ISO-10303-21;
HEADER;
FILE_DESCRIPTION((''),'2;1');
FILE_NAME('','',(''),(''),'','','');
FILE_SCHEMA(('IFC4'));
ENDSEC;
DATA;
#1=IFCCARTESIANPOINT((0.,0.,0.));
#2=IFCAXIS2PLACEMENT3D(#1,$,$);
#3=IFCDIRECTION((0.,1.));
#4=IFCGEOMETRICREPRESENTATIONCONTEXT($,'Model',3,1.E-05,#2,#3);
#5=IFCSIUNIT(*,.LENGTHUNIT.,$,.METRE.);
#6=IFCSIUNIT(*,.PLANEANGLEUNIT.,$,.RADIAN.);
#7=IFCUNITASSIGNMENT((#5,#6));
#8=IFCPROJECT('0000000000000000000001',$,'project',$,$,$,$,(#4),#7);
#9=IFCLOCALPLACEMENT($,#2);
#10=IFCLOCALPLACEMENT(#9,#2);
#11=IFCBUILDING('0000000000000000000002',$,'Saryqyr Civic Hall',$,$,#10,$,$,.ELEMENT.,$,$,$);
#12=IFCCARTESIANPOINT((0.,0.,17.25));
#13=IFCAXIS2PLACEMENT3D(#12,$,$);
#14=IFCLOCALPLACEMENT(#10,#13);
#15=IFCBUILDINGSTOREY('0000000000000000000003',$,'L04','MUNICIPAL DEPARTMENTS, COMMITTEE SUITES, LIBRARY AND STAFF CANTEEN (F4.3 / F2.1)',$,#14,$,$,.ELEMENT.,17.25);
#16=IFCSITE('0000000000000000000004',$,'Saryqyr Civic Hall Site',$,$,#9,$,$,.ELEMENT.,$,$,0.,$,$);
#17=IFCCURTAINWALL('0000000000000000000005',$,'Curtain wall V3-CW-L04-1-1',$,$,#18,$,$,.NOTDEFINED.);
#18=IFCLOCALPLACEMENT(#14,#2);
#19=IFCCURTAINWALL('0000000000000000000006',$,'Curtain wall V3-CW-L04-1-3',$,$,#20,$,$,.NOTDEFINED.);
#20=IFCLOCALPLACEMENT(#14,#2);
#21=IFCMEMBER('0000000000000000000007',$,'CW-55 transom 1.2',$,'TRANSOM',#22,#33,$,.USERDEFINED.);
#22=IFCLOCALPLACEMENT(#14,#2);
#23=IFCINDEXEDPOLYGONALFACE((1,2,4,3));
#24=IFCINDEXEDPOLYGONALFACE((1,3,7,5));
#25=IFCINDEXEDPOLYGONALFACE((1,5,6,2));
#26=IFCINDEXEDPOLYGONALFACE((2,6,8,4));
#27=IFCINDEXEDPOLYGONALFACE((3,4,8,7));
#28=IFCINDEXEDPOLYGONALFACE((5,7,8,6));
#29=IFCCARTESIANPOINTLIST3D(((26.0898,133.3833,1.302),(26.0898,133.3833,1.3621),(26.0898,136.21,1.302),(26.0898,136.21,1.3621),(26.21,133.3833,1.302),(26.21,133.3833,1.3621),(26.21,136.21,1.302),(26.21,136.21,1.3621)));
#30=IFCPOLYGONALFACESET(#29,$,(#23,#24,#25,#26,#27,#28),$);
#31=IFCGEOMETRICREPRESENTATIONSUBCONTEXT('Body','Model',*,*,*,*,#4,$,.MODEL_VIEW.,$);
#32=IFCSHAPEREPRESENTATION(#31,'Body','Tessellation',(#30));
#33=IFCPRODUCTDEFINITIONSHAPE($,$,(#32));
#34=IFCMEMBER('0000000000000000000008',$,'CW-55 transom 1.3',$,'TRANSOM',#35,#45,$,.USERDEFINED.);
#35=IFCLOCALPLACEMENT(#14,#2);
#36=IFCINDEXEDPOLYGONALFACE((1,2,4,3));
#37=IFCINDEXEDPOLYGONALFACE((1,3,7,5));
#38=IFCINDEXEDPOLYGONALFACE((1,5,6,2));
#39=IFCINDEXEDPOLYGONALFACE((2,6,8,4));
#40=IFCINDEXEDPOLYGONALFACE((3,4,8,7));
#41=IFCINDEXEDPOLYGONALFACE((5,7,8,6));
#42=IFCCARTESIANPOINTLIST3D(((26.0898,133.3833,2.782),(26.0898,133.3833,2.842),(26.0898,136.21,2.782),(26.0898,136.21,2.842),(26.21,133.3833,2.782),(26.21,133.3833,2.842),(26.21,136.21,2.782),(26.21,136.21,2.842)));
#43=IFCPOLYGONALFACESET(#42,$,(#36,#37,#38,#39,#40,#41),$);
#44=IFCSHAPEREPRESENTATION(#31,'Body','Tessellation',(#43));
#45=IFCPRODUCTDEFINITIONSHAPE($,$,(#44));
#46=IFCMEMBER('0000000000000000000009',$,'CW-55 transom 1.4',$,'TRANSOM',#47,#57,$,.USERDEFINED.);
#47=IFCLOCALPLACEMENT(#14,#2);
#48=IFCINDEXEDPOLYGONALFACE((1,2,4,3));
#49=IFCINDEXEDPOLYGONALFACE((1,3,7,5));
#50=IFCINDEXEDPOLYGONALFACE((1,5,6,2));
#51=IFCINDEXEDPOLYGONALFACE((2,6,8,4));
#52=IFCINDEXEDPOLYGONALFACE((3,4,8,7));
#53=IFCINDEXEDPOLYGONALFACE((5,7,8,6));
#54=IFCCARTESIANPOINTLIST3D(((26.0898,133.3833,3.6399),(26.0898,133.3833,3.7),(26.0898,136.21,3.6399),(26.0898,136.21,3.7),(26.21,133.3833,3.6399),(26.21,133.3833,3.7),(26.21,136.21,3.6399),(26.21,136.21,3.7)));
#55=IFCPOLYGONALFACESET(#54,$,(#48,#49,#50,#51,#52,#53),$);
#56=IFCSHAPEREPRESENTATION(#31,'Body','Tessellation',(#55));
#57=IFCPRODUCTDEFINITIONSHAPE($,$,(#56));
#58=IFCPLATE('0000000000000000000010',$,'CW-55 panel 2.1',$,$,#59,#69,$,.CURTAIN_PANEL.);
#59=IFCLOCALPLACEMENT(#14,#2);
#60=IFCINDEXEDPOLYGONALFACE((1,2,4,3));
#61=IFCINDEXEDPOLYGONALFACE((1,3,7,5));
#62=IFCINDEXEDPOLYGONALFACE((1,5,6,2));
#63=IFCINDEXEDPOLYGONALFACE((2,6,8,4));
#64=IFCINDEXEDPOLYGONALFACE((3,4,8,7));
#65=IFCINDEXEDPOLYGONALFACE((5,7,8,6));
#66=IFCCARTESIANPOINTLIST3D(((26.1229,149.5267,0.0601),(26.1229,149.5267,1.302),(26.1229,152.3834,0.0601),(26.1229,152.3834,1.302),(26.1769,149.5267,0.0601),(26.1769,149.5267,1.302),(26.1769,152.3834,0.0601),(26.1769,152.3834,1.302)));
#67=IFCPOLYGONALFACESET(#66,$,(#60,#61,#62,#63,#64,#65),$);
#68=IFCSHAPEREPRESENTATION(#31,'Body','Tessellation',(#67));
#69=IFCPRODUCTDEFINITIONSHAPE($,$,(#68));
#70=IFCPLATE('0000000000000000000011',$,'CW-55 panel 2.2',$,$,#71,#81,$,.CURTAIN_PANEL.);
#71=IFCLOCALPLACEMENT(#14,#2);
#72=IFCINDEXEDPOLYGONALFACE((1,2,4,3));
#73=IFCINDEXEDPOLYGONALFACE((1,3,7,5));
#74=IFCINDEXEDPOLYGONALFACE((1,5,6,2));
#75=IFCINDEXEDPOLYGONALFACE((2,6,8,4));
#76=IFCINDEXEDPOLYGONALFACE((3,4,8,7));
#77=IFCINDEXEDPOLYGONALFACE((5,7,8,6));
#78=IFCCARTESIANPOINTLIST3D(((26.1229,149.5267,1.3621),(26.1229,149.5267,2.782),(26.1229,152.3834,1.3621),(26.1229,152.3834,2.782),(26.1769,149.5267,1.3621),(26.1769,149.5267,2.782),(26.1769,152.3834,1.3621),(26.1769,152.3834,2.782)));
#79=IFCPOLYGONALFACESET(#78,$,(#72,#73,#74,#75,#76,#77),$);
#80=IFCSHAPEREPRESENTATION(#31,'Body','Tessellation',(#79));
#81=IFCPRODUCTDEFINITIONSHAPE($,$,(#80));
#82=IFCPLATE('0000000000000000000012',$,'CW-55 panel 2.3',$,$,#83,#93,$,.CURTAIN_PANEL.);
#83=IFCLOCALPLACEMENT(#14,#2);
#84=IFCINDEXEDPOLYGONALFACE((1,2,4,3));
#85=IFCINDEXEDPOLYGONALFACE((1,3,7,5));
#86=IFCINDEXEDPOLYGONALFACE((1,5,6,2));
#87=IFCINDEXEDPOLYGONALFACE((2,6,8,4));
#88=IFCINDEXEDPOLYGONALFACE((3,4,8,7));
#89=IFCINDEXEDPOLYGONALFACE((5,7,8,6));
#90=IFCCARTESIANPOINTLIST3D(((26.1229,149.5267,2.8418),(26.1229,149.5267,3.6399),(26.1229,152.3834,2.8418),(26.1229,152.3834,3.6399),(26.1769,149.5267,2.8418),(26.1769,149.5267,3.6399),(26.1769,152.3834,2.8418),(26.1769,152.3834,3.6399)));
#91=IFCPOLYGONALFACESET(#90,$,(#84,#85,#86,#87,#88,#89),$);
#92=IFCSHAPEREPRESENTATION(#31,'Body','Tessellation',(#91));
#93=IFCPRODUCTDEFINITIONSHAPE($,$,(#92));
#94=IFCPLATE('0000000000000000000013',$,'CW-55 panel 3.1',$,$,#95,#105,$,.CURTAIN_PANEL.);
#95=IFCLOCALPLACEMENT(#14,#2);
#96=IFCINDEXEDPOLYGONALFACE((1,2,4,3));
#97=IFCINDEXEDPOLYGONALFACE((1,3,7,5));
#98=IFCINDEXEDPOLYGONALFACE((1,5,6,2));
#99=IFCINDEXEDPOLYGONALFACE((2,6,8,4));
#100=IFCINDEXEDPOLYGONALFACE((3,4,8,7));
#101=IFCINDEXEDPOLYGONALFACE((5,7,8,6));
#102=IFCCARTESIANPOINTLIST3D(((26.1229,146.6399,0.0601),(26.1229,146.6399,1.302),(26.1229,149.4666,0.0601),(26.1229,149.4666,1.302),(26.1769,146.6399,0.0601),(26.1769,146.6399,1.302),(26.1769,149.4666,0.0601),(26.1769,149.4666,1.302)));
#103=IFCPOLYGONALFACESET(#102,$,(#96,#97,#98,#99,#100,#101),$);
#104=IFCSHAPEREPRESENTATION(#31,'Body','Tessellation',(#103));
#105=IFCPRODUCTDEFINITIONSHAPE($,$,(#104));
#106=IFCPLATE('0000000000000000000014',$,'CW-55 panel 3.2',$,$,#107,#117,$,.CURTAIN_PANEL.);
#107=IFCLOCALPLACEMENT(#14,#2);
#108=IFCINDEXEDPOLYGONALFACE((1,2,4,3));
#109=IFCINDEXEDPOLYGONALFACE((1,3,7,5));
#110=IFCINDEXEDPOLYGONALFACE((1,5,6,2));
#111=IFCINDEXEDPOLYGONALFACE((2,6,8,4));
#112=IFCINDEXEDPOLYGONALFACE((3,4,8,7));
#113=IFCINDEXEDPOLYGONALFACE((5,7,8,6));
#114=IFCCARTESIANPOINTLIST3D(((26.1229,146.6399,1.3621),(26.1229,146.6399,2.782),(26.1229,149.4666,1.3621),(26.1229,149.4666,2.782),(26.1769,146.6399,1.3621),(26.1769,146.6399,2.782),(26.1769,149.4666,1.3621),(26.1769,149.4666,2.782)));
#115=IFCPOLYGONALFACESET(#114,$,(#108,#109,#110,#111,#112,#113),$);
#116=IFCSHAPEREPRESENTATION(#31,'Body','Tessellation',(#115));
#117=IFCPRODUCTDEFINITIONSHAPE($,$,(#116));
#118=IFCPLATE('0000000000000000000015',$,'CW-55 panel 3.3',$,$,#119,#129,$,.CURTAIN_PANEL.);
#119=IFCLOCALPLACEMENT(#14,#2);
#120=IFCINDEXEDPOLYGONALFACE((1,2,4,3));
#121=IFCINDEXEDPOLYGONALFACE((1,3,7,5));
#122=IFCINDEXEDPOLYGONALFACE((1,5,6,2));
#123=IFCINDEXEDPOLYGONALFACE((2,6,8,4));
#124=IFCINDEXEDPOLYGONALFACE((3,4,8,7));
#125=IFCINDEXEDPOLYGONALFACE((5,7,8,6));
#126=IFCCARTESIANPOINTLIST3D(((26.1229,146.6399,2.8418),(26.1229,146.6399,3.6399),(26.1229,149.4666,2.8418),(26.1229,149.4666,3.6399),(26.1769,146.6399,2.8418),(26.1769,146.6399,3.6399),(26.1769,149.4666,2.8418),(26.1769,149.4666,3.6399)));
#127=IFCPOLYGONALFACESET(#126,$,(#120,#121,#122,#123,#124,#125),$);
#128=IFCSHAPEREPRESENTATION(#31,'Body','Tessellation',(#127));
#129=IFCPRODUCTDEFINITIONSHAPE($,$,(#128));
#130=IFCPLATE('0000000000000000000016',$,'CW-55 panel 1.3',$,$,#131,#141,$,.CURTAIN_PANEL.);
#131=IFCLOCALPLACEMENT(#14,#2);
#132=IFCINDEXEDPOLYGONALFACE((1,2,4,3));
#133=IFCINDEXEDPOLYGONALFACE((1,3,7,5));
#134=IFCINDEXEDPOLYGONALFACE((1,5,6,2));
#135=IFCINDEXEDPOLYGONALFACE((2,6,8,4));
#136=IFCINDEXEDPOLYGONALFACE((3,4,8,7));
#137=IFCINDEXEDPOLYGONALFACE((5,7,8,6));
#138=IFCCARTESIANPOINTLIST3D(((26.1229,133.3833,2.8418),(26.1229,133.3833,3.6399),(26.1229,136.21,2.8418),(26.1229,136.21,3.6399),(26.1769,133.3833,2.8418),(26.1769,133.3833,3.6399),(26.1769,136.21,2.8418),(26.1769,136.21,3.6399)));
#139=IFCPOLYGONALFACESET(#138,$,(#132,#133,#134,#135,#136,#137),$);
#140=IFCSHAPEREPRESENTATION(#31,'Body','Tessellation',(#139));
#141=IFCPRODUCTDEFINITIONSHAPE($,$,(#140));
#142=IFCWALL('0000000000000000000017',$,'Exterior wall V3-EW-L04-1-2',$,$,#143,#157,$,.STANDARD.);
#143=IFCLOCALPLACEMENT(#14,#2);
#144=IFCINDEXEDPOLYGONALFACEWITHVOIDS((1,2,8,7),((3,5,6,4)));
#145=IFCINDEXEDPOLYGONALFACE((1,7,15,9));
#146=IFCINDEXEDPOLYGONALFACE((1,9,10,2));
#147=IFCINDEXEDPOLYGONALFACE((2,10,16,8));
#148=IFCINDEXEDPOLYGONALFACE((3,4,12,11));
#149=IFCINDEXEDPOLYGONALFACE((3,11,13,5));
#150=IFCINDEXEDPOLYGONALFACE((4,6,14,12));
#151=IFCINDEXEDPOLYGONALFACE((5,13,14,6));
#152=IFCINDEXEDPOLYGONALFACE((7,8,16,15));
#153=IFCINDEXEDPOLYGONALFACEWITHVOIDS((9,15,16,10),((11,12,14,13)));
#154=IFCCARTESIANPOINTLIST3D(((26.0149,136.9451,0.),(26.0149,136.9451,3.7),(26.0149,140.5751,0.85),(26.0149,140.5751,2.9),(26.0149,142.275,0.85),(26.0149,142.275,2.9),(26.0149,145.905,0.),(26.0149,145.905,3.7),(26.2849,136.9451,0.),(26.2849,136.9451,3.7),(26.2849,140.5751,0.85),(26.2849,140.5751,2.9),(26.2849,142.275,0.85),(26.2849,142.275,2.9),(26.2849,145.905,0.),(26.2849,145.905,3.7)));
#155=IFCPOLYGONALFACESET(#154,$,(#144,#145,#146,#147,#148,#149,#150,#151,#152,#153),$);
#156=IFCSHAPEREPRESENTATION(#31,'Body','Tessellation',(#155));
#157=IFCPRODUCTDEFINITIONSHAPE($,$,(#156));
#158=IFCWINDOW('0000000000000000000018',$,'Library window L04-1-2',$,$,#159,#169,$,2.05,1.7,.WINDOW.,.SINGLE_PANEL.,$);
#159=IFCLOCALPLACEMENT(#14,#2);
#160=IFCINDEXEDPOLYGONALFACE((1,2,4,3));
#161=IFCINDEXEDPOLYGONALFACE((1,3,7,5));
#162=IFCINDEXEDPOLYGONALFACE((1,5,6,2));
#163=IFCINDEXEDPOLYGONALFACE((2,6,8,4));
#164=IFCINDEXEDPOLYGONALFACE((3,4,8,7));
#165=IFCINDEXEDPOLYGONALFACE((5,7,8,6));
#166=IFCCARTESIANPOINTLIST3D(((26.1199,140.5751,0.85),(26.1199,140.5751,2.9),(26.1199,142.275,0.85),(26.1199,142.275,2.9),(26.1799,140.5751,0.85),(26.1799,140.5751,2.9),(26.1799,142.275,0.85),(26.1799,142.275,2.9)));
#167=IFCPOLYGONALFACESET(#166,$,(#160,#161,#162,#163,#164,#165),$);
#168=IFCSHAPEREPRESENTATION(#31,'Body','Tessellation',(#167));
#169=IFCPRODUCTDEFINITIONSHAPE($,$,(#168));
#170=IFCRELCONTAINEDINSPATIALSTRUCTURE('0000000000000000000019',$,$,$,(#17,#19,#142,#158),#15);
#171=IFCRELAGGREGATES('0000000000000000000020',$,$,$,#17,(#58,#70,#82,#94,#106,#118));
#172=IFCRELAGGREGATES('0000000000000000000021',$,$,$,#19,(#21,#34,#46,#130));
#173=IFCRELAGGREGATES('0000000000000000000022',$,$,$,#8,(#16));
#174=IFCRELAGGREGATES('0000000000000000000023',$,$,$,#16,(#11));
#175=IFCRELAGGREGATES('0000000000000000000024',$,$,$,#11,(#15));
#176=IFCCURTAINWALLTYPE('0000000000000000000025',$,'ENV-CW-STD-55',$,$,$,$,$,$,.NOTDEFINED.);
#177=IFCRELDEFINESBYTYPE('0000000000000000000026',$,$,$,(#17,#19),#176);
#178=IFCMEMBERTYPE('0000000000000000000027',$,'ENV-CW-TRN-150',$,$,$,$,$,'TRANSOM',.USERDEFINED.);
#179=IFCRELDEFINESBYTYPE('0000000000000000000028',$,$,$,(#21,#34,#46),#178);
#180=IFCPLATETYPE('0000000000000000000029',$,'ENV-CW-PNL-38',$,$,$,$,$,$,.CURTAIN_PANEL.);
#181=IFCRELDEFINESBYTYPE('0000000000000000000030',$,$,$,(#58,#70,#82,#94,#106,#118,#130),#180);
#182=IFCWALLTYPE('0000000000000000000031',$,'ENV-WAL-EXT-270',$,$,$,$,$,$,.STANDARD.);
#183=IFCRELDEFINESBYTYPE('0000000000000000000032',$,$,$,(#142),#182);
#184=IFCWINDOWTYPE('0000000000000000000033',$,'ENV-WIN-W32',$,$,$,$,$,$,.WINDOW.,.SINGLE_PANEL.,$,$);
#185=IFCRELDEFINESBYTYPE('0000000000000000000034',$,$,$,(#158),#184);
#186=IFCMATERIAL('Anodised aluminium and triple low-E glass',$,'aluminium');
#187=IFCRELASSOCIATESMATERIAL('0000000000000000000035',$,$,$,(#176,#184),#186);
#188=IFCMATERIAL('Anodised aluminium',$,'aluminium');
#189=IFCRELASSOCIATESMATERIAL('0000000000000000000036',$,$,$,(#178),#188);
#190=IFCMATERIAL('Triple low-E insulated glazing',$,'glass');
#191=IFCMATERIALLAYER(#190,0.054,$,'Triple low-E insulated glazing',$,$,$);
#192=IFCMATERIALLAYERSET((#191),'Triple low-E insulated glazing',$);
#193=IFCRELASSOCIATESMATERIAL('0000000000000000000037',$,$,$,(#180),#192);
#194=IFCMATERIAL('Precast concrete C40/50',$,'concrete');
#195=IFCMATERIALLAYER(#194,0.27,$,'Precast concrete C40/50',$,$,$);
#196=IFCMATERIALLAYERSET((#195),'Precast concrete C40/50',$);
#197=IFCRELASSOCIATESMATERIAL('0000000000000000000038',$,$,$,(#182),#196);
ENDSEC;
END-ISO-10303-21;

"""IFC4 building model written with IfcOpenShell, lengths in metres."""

from ifc_helpers import new_model, si_unit, direction, frame, frame_2d, origin, origin_2d, place, context, subcontext, project, spatial, rectangle, extrude, material, layer, layer_set, material_profile, profile_set, type_object, element, fill, aggregate, save


model = new_model("IFC4")

# Units and contexts
model_context = context("Model", 3, precision=1e-05, world=origin(), true_north=direction((0.0, 1.0)))
body_context = subcontext(model_context, "Body", "Model", "MODEL_VIEW")
ifc_project = project(units=[si_unit("LENGTHUNIT", "METRE"), si_unit("PLANEANGLEUNIT", "RADIAN")], contexts=[model_context])

# Site, building, storey
site_placement = place(None, origin())
site = spatial("IfcSite", under=ifc_project, at=site_placement, Name="Saryqyr Civic Hall Site", CompositionType="ELEMENT", RefElevation=0.0)
building_placement = place(site_placement, origin())
building = spatial("IfcBuilding", under=site, at=building_placement, Name="Saryqyr Civic Hall", CompositionType="ELEMENT")
storey_placement = place(building_placement, frame((0.0, 0.0, 17.25)))
storey = spatial("IfcBuildingStorey", under=building, at=storey_placement, Name="L04", Description="MUNICIPAL DEPARTMENTS, COMMITTEE SUITES, LIBRARY AND STAFF CANTEEN (F4.3 / F2.1)", CompositionType="ELEMENT", Elevation=17.25)

# Curtain wall
ifc_material_1 = material(Name="Anodised aluminium and triple low-E glass", Category="aluminium")
curtain_wall_type = type_object("IfcCurtainWallType", Name="ENV-CW-STD-55", PredefinedType="NOTDEFINED", material=ifc_material_1)
curtain_wall_1_placement = place(storey_placement, origin())
curtain_wall_1 = element("IfcCurtainWall", 1, at=curtain_wall_1_placement, inside=storey, type_object=curtain_wall_type, Name="Curtain wall V3-CW-L04-1-1", PredefinedType="NOTDEFINED")
ifc_material_2 = material(Name="Anodised aluminium", Category="aluminium")

# Curtain wall
curtain_wall_2_placement = place(storey_placement, origin())
curtain_wall_2 = element("IfcCurtainWall", 2, at=curtain_wall_2_placement, inside=storey, type_object=curtain_wall_type, Name="Curtain wall V3-CW-L04-1-3", PredefinedType="NOTDEFINED")

# Members
ifc_material_profile_1 = material_profile(ifc_material_2, rectangle(XDim=0.1201, YDim=0.0601, at=origin_2d()), Name="ALU TRANSOM 120x60")
ifc_profile_set_1 = profile_set([ifc_material_profile_1], Name="Anodised aluminium")
member_type_1 = type_object("IfcMemberType", Name="ENV-CW-TRN-150", ElementType="TRANSOM", PredefinedType="USERDEFINED", material=ifc_profile_set_1)
member_1_placement = place(storey_placement, frame((26.1499, 136.21, 1.332), z_axis=(0.0, -1.0, 0.0), x_axis=(1.0, 0.0, 0.0)))
member_1 = element("IfcMember", 3, at=member_1_placement, type_object=member_type_1, Name="CW-55 transom 1.2", ObjectType="TRANSOM", PredefinedType="USERDEFINED", context=body_context, shape_type="SweptSolid", body=[
    extrude(rectangle(XDim=0.1201, YDim=0.0601, at=origin_2d()), origin(), (0.0, 0.0, 1.0), 2.8267),
])
member_2_placement = place(storey_placement, frame((26.1499, 136.21, 2.812), z_axis=(0.0, -1.0, 0.0), x_axis=(1.0, 0.0, 0.0)))
member_2 = element("IfcMember", 4, at=member_2_placement, type_object=member_type_1, Name="CW-55 transom 1.3", ObjectType="TRANSOM", PredefinedType="USERDEFINED", context=body_context, shape_type="SweptSolid", body=[
    extrude(rectangle(XDim=0.1201, YDim=0.0601, at=origin_2d()), origin(), (0.0, 0.0, 1.0), 2.8267),
])
member_3_placement = place(storey_placement, frame((26.1499, 136.21, 3.6699), z_axis=(0.0, -1.0, 0.0), x_axis=(1.0, 0.0, 0.0)))
member_3 = element("IfcMember", 5, at=member_3_placement, type_object=member_type_1, Name="CW-55 transom 1.4", ObjectType="TRANSOM", PredefinedType="USERDEFINED", context=body_context, shape_type="SweptSolid", body=[
    extrude(rectangle(XDim=0.1201, YDim=0.0601, at=origin_2d()), origin(), (0.0, 0.0, 1.0), 2.8267),
])

# Plates
ifc_material_3 = material(Name="Triple low-E insulated glazing", Category="glass")
ifc_layer_1 = layer(ifc_material_3, 0.054, Name="Triple low-E insulated glazing")
ifc_layer_set_1 = layer_set([ifc_layer_1], Name="Triple low-E insulated glazing")
plate_type = type_object("IfcPlateType", Name="ENV-CW-PNL-38", PredefinedType="CURTAIN_PANEL", material=ifc_layer_set_1)
plate_1_placement = place(storey_placement, frame((26.1499, 150.9551, 0.0601), z_axis=(0.0, 0.0, 1.0), x_axis=(0.0, -1.0, 0.0)))
plate_1 = element("IfcPlate", 6, at=plate_1_placement, type_object=plate_type, Name="CW-55 panel 2.1", PredefinedType="CURTAIN_PANEL", context=body_context, shape_type="SweptSolid", body=[
    extrude(rectangle(XDim=2.8567, YDim=0.054, at=origin_2d()), origin(), (0.0, 0.0, 1.0), 1.2419),
])
plate_2_placement = place(storey_placement, frame((26.1499, 150.9551, 1.3621), z_axis=(0.0, 0.0, 1.0), x_axis=(0.0, -1.0, 0.0)))
plate_2 = element("IfcPlate", 7, at=plate_2_placement, type_object=plate_type, Name="CW-55 panel 2.2", PredefinedType="CURTAIN_PANEL", context=body_context, shape_type="SweptSolid", body=[
    extrude(rectangle(XDim=2.8567, YDim=0.054, at=origin_2d()), origin(), (0.0, 0.0, 1.0), 1.4199),
])
plate_3_placement = place(storey_placement, frame((26.1499, 150.9551, 2.8418), z_axis=(0.0, 0.0, 1.0), x_axis=(0.0, -1.0, 0.0)))
plate_3 = element("IfcPlate", 8, at=plate_3_placement, type_object=plate_type, Name="CW-55 panel 2.3", PredefinedType="CURTAIN_PANEL", context=body_context, shape_type="SweptSolid", body=[
    extrude(rectangle(XDim=2.8567, YDim=0.054, at=origin_2d()), origin(), (0.0, 0.0, 1.0), 0.7981),
])
plate_4_placement = place(storey_placement, frame((26.1499, 148.0532, 0.0601), z_axis=(0.0, 0.0, 1.0), x_axis=(0.0, -1.0, 0.0)))
plate_4 = element("IfcPlate", 9, at=plate_4_placement, type_object=plate_type, Name="CW-55 panel 3.1", PredefinedType="CURTAIN_PANEL", context=body_context, shape_type="SweptSolid", body=[
    extrude(rectangle(XDim=2.8267, YDim=0.054, at=origin_2d()), origin(), (0.0, 0.0, 1.0), 1.2419),
])
plate_5_placement = place(storey_placement, frame((26.1499, 148.0532, 1.3621), z_axis=(0.0, 0.0, 1.0), x_axis=(0.0, -1.0, 0.0)))
plate_5 = element("IfcPlate", 10, at=plate_5_placement, type_object=plate_type, Name="CW-55 panel 3.2", PredefinedType="CURTAIN_PANEL", context=body_context, shape_type="SweptSolid", body=[
    extrude(rectangle(XDim=2.8267, YDim=0.054, at=origin_2d()), origin(), (0.0, 0.0, 1.0), 1.4199),
])
plate_6_placement = place(storey_placement, frame((26.1499, 148.0532, 2.8418), z_axis=(0.0, 0.0, 1.0), x_axis=(0.0, -1.0, 0.0)))
plate_6 = element("IfcPlate", 11, at=plate_6_placement, type_object=plate_type, Name="CW-55 panel 3.3", PredefinedType="CURTAIN_PANEL", context=body_context, shape_type="SweptSolid", body=[
    extrude(rectangle(XDim=2.8267, YDim=0.054, at=origin_2d()), origin(), (0.0, 0.0, 1.0), 0.7981),
])
aggregate(curtain_wall_1, [plate_1, plate_2, plate_3, plate_4, plate_5, plate_6])
plate_7_placement = place(storey_placement, frame((26.1499, 134.7966, 2.8418), z_axis=(0.0, 0.0, 1.0), x_axis=(0.0, -1.0, 0.0)))
plate_7 = element("IfcPlate", 12, at=plate_7_placement, type_object=plate_type, Name="CW-55 panel 1.3", PredefinedType="CURTAIN_PANEL", context=body_context, shape_type="SweptSolid", body=[
    extrude(rectangle(XDim=2.8267, YDim=0.054, at=origin_2d()), origin(), (0.0, 0.0, 1.0), 0.7981),
])
aggregate(curtain_wall_2, [member_1, member_2, member_3, plate_7])

# Wall, opening, window
ifc_material_4 = material(Name="Precast concrete C40/50", Category="concrete")
ifc_layer_2 = layer(ifc_material_4, 0.27, Name="Precast concrete C40/50")
ifc_layer_set_2 = layer_set([ifc_layer_2], Name="Precast concrete C40/50")
wall_type = type_object("IfcWallType", Name="ENV-WAL-EXT-270", PredefinedType="STANDARD", material=ifc_layer_set_2)
wall_placement = place(storey_placement, frame((26.1499, 145.905, 0.0), z_axis=(0.0, 0.0, 1.0), x_axis=(0.0, -1.0, 0.0)))
wall = element("IfcWall", 13, at=wall_placement, inside=storey, type_object=wall_type, Name="Exterior wall V3-EW-L04-1-2", PredefinedType="STANDARD", context=body_context, shape_type="SweptSolid", body=[
    extrude(rectangle(XDim=8.96, YDim=0.27, at=frame_2d((4.48, 0.0))), origin(), (0.0, 0.0, 1.0), 3.7),
])
opening_placement = place(wall_placement, frame((3.6299, 0.0, 0.8501)))
opening = element("IfcOpeningElement", 14, at=opening_placement, cuts=wall, PredefinedType="OPENING", context=body_context, shape_type="SweptSolid", body=[
    extrude(rectangle(XDim=1.7, YDim=2.05, at=frame_2d((0.8501, 1.0249))), frame((0.0, 0.145, 0.0), z_axis=(0.0, -1.0, 0.0), x_axis=(1.0, 0.0, 0.0)), (0.0, 0.0, 1.0), 0.29),
])
window_type = type_object("IfcWindowType", Name="ENV-WIN-W32", PartitioningType="SINGLE_PANEL", PredefinedType="WINDOW", material=ifc_material_1)
window_placement = place(opening_placement, origin())
window = element("IfcWindow", 15, at=window_placement, inside=storey, type_object=window_type, Name="Library window L04-1-2", OverallHeight=2.05, OverallWidth=1.7, PartitioningType="SINGLE_PANEL", PredefinedType="WINDOW", context=body_context, shape_type="SweptSolid", body=[
    extrude(rectangle(XDim=1.7, YDim=2.05, at=frame_2d((0.8501, 1.0249))), frame((0.0, 0.03, 0.0), z_axis=(0.0, -1.0, 0.0), x_axis=(1.0, 0.0, 0.0)), (0.0, 0.0, 1.0), 0.0601),
])
fill(opening, window)

save(model, "model.ifc")
